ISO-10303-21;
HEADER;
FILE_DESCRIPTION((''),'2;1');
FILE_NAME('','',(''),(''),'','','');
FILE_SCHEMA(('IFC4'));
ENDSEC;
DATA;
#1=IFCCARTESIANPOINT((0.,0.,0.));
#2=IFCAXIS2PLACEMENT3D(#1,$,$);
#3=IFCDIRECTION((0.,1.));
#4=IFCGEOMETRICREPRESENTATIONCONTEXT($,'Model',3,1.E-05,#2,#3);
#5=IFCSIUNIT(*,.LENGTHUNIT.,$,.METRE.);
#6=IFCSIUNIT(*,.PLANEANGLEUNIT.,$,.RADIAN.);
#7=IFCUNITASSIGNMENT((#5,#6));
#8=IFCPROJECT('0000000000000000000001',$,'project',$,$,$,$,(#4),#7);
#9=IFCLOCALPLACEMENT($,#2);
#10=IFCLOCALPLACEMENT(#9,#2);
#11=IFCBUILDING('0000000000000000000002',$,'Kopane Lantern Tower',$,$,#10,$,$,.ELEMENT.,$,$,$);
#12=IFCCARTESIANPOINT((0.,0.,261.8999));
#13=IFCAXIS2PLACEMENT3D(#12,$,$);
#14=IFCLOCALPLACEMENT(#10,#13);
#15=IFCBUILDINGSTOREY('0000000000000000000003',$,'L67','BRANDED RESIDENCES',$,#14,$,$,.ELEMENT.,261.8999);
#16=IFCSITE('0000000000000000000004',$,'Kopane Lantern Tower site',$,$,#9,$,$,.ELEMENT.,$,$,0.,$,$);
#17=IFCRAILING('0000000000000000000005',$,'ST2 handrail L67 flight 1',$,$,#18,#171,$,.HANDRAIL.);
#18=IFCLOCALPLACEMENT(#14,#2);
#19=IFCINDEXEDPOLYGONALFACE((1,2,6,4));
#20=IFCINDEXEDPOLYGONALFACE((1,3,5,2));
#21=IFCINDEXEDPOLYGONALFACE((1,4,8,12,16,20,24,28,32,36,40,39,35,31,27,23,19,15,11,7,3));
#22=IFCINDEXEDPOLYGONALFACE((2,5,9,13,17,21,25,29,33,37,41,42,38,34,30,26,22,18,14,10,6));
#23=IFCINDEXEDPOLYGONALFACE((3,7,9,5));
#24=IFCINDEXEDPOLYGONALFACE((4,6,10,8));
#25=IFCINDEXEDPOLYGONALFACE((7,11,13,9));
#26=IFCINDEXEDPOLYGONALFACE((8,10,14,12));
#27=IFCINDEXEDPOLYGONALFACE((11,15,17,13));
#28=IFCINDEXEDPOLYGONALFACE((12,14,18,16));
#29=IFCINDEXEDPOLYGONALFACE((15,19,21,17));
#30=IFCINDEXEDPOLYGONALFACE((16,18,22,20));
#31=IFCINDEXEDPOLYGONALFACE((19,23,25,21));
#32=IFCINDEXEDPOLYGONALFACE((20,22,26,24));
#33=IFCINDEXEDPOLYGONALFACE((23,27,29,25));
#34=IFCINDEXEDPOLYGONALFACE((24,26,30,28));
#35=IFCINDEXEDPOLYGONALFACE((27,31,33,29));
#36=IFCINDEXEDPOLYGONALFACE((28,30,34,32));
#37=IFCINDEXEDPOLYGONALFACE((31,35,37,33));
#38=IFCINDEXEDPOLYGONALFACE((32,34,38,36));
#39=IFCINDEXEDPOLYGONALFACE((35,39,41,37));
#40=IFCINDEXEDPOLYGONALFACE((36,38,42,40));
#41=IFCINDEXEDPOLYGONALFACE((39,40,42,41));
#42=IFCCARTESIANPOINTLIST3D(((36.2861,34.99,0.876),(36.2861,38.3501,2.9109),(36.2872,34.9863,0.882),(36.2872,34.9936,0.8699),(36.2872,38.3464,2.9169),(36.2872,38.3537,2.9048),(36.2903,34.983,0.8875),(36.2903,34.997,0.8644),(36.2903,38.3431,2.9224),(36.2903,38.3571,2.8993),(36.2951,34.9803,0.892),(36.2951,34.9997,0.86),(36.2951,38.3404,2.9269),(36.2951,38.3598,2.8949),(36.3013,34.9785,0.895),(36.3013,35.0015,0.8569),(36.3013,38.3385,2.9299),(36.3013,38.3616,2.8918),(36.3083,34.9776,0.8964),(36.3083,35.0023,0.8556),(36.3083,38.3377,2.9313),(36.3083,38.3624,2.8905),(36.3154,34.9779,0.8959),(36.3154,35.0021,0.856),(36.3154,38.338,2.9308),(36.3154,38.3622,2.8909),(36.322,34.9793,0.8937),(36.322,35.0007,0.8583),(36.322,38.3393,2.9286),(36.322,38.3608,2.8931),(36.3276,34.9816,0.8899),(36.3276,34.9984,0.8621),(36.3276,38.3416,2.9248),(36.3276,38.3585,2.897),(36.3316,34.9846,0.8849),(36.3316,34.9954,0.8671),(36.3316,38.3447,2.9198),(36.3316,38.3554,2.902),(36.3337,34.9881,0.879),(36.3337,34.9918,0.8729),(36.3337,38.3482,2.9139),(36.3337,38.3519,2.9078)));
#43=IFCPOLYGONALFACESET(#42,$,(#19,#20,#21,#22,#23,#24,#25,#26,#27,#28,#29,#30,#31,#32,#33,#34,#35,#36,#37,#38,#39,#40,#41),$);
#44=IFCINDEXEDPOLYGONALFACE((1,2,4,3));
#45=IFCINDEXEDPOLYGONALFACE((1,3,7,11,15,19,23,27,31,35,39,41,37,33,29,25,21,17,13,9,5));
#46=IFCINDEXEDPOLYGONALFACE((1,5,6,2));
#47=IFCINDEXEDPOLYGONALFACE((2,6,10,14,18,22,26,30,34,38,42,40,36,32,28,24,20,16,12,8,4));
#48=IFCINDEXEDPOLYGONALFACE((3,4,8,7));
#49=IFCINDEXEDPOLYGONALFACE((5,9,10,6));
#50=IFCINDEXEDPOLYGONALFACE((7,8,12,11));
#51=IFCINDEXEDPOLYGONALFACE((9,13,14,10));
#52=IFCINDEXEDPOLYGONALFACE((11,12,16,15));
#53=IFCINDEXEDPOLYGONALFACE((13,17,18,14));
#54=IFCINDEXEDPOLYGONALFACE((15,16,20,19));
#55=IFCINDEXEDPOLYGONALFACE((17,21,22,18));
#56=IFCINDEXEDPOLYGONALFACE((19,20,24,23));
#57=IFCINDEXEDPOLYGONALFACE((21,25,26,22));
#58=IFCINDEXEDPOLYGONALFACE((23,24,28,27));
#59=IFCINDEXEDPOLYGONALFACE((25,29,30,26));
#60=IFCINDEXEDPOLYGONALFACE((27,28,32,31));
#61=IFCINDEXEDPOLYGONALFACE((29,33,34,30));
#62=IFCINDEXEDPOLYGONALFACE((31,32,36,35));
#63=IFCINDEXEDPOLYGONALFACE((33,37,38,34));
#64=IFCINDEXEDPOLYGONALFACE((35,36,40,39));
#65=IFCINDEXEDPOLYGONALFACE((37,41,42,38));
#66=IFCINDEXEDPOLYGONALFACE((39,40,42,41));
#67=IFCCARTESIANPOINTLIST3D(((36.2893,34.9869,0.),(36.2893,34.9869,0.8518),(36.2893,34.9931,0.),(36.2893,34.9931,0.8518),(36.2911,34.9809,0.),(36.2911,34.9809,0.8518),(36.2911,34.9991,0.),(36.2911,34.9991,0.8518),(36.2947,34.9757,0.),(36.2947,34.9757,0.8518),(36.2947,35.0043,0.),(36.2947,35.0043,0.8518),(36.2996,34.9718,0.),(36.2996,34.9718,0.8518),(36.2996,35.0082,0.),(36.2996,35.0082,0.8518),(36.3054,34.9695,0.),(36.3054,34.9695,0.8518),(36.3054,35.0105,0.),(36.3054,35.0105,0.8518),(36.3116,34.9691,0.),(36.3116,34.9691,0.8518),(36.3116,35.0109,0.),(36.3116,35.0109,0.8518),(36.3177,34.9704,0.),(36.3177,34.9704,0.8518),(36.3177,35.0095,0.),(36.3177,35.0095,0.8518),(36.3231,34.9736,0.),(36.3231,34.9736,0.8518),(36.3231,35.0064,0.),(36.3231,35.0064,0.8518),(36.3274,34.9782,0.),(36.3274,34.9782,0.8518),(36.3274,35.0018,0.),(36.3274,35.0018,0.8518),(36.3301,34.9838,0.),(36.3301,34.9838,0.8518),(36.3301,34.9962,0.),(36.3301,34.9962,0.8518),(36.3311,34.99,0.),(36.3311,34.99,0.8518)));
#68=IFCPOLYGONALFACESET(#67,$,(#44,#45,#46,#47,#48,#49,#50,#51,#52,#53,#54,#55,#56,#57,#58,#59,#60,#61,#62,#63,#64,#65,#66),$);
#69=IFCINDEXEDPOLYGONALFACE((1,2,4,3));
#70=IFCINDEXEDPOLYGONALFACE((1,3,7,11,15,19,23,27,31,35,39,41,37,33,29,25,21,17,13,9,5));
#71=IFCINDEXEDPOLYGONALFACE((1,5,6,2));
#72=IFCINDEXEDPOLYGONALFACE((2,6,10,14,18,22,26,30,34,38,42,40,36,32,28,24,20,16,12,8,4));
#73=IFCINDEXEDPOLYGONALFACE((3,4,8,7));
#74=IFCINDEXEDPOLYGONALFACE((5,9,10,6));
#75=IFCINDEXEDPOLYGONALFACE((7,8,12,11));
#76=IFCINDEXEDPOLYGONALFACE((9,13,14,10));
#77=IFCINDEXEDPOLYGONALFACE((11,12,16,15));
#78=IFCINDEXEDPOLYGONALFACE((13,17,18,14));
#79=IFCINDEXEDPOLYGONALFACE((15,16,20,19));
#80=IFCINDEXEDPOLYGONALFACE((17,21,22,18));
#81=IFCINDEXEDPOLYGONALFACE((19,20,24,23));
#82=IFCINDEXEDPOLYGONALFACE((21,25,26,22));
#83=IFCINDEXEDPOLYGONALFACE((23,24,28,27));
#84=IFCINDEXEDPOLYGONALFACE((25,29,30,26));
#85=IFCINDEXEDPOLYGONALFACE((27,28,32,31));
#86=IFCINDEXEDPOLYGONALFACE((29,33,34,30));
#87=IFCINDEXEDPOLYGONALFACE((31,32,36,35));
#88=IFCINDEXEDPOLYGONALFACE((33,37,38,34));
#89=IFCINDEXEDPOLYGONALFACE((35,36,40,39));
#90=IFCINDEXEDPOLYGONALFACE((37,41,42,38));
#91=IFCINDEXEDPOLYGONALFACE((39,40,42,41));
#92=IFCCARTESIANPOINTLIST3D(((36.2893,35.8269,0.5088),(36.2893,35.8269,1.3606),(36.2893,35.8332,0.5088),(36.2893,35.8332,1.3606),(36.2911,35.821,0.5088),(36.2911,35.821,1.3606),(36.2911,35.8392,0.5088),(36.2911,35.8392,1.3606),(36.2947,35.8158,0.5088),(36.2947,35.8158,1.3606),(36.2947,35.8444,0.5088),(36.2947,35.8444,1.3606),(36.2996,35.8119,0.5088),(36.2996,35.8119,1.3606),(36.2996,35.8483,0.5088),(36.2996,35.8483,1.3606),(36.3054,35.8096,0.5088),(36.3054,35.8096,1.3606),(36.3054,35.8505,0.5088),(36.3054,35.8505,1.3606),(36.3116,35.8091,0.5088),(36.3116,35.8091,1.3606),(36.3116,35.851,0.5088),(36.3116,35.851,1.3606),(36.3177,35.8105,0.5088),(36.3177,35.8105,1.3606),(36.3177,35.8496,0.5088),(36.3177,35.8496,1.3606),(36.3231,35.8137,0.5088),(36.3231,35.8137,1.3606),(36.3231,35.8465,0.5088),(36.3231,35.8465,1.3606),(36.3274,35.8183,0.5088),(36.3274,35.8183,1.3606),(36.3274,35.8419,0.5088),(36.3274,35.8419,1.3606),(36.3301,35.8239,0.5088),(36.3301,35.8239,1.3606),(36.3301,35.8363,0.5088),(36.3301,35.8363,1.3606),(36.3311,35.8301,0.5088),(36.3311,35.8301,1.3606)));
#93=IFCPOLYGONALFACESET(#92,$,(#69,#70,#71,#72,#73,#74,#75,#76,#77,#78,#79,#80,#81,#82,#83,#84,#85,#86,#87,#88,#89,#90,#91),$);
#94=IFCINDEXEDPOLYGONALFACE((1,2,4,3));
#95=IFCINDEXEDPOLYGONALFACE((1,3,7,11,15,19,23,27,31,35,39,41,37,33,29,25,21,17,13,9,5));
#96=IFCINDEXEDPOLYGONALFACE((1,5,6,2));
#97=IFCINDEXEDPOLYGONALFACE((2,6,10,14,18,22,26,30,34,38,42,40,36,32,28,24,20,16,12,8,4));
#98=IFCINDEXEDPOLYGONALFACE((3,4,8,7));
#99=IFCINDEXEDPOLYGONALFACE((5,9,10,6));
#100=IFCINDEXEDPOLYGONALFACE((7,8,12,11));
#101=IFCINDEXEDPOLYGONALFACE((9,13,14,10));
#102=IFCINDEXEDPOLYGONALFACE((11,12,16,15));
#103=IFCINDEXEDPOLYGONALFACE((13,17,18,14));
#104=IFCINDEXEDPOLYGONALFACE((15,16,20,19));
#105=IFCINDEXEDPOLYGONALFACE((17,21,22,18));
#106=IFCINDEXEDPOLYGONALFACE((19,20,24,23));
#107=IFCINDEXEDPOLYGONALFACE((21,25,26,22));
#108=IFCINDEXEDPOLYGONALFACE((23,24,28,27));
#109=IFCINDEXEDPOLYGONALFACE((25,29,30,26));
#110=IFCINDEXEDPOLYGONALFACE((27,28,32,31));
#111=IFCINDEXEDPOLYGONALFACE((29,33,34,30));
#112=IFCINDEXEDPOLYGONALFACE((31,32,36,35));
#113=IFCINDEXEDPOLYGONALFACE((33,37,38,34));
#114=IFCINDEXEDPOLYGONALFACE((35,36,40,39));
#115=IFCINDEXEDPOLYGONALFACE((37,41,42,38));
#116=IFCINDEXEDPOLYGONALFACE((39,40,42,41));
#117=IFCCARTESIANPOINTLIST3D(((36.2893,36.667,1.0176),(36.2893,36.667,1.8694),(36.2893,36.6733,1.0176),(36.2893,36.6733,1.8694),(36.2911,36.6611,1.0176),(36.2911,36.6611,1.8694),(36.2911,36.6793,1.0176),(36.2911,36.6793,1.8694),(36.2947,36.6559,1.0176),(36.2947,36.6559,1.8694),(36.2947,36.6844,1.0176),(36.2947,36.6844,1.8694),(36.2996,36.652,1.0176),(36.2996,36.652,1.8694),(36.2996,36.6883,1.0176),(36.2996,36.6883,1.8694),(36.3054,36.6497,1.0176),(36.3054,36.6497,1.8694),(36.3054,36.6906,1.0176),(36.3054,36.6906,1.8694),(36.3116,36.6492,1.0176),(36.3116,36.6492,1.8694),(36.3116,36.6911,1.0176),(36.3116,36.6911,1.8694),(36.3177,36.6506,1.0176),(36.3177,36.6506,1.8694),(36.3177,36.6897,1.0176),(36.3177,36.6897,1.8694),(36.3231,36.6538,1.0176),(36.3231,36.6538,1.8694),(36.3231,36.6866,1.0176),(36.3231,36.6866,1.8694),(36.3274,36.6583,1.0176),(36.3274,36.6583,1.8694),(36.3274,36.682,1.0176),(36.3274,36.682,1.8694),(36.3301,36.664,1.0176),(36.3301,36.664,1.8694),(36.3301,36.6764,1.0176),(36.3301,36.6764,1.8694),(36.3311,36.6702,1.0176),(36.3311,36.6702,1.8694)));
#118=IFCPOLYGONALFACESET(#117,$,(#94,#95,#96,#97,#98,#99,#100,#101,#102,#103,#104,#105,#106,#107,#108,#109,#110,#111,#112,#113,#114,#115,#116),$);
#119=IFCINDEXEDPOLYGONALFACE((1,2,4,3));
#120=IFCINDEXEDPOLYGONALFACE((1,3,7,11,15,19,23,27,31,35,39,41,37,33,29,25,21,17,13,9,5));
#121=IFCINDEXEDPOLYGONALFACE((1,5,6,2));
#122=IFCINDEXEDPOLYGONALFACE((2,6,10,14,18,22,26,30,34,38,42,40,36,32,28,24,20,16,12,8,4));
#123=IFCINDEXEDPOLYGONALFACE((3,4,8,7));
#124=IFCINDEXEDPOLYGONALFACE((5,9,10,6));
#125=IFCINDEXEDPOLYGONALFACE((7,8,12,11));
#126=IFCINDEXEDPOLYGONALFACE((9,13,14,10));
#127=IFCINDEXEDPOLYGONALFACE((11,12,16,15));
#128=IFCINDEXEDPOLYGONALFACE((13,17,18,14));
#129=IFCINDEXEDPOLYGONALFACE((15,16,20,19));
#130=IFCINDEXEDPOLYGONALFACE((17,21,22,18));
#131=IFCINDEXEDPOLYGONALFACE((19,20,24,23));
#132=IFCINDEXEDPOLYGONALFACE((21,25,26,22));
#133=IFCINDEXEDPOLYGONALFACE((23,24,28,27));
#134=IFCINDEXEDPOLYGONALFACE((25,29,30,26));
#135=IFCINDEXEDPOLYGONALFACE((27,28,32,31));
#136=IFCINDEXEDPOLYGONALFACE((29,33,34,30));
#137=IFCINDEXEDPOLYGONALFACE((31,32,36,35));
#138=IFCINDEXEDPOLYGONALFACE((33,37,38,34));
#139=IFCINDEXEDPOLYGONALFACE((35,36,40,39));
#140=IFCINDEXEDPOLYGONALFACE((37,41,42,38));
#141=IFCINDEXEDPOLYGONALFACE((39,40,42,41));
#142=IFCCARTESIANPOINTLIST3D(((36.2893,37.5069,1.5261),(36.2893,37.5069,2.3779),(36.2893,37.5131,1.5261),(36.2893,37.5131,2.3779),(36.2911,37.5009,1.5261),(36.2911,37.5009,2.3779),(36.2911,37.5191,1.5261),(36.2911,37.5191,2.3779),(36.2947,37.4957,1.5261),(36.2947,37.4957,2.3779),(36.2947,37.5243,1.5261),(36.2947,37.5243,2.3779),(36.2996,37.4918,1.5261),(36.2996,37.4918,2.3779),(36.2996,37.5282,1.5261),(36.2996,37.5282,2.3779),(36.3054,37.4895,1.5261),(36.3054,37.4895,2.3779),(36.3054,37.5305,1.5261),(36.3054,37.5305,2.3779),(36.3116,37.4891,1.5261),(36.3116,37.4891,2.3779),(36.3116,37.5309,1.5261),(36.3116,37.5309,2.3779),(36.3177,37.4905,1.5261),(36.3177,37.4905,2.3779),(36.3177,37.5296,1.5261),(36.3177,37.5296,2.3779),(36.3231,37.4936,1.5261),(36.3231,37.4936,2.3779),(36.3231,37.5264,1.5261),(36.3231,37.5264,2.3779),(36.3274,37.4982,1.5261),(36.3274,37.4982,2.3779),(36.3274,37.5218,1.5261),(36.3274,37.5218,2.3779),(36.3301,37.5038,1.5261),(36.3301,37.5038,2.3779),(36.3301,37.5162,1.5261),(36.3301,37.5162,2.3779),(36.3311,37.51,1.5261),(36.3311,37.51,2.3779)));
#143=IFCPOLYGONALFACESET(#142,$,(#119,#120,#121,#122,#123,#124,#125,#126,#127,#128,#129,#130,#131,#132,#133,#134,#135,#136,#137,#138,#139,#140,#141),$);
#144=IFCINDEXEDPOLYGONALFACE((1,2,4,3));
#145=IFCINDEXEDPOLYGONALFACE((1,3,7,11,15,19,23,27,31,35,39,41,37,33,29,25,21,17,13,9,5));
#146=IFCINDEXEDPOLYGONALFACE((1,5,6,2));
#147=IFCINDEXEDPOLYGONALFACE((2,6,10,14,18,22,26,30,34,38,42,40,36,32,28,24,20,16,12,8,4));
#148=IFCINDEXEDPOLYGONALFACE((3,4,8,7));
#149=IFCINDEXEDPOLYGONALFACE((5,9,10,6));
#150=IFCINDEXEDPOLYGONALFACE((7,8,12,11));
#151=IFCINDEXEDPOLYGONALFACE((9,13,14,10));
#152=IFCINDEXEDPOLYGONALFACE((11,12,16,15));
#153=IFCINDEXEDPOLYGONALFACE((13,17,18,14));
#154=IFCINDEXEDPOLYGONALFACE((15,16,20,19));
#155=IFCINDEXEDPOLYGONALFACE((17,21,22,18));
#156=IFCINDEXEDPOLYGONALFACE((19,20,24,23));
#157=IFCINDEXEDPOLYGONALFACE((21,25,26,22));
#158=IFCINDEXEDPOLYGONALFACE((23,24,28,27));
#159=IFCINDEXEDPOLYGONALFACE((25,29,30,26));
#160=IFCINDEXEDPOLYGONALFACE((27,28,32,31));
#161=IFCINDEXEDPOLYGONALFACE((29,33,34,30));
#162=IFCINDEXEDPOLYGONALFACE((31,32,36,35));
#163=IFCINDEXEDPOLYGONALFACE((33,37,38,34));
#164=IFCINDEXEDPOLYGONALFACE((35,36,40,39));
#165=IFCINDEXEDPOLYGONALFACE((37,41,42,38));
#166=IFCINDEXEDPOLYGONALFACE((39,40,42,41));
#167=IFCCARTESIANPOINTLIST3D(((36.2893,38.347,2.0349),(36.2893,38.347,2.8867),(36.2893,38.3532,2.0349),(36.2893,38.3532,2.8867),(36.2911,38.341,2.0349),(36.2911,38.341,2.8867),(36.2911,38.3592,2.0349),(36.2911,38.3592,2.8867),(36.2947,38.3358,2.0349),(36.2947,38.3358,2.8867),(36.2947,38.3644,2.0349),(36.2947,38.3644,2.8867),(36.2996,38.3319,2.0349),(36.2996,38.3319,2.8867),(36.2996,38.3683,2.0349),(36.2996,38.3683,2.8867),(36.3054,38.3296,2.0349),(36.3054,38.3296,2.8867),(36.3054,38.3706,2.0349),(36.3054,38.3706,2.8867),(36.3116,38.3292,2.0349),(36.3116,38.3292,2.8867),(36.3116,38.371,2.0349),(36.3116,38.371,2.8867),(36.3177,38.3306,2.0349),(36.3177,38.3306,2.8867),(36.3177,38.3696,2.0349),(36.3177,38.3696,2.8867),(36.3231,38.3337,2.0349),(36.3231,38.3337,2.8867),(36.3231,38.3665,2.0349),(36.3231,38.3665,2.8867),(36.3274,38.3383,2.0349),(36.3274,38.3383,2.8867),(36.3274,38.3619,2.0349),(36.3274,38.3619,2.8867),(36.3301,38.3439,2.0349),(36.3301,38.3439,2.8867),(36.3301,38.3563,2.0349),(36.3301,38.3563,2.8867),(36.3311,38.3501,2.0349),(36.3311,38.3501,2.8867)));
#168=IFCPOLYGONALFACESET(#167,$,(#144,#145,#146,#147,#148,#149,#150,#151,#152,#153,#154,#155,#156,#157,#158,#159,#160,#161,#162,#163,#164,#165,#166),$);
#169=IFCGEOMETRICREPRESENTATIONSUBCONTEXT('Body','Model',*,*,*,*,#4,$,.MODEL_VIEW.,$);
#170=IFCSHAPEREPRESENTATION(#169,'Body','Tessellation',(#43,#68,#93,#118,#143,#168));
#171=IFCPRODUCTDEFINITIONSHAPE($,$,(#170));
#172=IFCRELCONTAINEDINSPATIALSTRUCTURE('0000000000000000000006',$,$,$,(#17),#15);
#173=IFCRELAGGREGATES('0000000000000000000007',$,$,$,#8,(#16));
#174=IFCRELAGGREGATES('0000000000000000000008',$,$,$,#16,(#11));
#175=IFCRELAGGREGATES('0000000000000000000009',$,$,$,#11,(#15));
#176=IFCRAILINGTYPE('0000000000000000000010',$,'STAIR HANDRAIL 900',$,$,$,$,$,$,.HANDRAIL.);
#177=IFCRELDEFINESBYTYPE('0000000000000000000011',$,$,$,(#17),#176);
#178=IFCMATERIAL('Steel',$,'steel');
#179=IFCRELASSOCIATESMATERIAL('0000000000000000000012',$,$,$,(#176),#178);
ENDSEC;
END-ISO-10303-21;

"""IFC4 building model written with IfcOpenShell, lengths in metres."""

from ifc_helpers import new_model, si_unit, direction, frame, origin, origin_2d, place, context, subcontext, project, spatial, circle, extrude, material, type_object, element, save


model = new_model("IFC4")

# Units and contexts
model_context = context("Model", 3, precision=1e-05, world=origin(), true_north=direction((0.0, 1.0)))
body_context = subcontext(model_context, "Body", "Model", "MODEL_VIEW")
ifc_project = project(units=[si_unit("LENGTHUNIT", "METRE"), si_unit("PLANEANGLEUNIT", "RADIAN")], contexts=[model_context])

# Site, building, storey
site_placement = place(None, origin())
site = spatial("IfcSite", under=ifc_project, at=site_placement, Name="Kopane Lantern Tower site", CompositionType="ELEMENT", RefElevation=0.0)
building_placement = place(site_placement, origin())
building = spatial("IfcBuilding", under=site, at=building_placement, Name="Kopane Lantern Tower", CompositionType="ELEMENT")
storey_placement = place(building_placement, frame((0.0, 0.0, 261.8999)))
storey = spatial("IfcBuildingStorey", under=building, at=storey_placement, Name="L67", Description="BRANDED RESIDENCES", CompositionType="ELEMENT", Elevation=261.8999)

# Railing
ifc_material_1 = material(Name="Steel", Category="steel")
railing_type_1 = type_object("IfcRailingType", Name="STAIR HANDRAIL 900", PredefinedType="HANDRAIL", material=ifc_material_1)
for number, where, name in (
    (1, (36.3101, 34.99, 0.0), "ST2 handrail L67 flight 1"),
):
    element("IfcRailing", number, at=place(storey_placement, frame(where)), inside=storey, type_object=railing_type_1, Name=name, PredefinedType="HANDRAIL", context=body_context, shape_type="SweptSolid", body=[
        extrude(circle(Radius=0.0239, at=origin_2d()), frame((0.0, 0.0, 0.876), z_axis=(0.0, 0.855369, 0.518019), x_axis=(-1.0, 0.0, 0.0)), (0.0, 0.0, 1.0), 3.9282),
        extrude(circle(Radius=0.021, at=origin_2d()), origin(), (0.0, 0.0, 1.0), 0.8518),
        extrude(circle(Radius=0.021, at=origin_2d()), frame((0.0, 0.8401, 0.5088)), (0.0, 0.0, 1.0), 0.8518),
        extrude(circle(Radius=0.021, at=origin_2d()), frame((0.0, 1.6802, 1.0176)), (0.0, 0.0, 1.0), 0.8518),
        extrude(circle(Radius=0.021, at=origin_2d()), frame((0.0, 2.52, 1.5261)), (0.0, 0.0, 1.0), 0.8518),
        extrude(circle(Radius=0.021, at=origin_2d()), frame((0.0, 3.3601, 2.0349)), (0.0, 0.0, 1.0), 0.8518),
    ])

save(model, "model.ifc")
